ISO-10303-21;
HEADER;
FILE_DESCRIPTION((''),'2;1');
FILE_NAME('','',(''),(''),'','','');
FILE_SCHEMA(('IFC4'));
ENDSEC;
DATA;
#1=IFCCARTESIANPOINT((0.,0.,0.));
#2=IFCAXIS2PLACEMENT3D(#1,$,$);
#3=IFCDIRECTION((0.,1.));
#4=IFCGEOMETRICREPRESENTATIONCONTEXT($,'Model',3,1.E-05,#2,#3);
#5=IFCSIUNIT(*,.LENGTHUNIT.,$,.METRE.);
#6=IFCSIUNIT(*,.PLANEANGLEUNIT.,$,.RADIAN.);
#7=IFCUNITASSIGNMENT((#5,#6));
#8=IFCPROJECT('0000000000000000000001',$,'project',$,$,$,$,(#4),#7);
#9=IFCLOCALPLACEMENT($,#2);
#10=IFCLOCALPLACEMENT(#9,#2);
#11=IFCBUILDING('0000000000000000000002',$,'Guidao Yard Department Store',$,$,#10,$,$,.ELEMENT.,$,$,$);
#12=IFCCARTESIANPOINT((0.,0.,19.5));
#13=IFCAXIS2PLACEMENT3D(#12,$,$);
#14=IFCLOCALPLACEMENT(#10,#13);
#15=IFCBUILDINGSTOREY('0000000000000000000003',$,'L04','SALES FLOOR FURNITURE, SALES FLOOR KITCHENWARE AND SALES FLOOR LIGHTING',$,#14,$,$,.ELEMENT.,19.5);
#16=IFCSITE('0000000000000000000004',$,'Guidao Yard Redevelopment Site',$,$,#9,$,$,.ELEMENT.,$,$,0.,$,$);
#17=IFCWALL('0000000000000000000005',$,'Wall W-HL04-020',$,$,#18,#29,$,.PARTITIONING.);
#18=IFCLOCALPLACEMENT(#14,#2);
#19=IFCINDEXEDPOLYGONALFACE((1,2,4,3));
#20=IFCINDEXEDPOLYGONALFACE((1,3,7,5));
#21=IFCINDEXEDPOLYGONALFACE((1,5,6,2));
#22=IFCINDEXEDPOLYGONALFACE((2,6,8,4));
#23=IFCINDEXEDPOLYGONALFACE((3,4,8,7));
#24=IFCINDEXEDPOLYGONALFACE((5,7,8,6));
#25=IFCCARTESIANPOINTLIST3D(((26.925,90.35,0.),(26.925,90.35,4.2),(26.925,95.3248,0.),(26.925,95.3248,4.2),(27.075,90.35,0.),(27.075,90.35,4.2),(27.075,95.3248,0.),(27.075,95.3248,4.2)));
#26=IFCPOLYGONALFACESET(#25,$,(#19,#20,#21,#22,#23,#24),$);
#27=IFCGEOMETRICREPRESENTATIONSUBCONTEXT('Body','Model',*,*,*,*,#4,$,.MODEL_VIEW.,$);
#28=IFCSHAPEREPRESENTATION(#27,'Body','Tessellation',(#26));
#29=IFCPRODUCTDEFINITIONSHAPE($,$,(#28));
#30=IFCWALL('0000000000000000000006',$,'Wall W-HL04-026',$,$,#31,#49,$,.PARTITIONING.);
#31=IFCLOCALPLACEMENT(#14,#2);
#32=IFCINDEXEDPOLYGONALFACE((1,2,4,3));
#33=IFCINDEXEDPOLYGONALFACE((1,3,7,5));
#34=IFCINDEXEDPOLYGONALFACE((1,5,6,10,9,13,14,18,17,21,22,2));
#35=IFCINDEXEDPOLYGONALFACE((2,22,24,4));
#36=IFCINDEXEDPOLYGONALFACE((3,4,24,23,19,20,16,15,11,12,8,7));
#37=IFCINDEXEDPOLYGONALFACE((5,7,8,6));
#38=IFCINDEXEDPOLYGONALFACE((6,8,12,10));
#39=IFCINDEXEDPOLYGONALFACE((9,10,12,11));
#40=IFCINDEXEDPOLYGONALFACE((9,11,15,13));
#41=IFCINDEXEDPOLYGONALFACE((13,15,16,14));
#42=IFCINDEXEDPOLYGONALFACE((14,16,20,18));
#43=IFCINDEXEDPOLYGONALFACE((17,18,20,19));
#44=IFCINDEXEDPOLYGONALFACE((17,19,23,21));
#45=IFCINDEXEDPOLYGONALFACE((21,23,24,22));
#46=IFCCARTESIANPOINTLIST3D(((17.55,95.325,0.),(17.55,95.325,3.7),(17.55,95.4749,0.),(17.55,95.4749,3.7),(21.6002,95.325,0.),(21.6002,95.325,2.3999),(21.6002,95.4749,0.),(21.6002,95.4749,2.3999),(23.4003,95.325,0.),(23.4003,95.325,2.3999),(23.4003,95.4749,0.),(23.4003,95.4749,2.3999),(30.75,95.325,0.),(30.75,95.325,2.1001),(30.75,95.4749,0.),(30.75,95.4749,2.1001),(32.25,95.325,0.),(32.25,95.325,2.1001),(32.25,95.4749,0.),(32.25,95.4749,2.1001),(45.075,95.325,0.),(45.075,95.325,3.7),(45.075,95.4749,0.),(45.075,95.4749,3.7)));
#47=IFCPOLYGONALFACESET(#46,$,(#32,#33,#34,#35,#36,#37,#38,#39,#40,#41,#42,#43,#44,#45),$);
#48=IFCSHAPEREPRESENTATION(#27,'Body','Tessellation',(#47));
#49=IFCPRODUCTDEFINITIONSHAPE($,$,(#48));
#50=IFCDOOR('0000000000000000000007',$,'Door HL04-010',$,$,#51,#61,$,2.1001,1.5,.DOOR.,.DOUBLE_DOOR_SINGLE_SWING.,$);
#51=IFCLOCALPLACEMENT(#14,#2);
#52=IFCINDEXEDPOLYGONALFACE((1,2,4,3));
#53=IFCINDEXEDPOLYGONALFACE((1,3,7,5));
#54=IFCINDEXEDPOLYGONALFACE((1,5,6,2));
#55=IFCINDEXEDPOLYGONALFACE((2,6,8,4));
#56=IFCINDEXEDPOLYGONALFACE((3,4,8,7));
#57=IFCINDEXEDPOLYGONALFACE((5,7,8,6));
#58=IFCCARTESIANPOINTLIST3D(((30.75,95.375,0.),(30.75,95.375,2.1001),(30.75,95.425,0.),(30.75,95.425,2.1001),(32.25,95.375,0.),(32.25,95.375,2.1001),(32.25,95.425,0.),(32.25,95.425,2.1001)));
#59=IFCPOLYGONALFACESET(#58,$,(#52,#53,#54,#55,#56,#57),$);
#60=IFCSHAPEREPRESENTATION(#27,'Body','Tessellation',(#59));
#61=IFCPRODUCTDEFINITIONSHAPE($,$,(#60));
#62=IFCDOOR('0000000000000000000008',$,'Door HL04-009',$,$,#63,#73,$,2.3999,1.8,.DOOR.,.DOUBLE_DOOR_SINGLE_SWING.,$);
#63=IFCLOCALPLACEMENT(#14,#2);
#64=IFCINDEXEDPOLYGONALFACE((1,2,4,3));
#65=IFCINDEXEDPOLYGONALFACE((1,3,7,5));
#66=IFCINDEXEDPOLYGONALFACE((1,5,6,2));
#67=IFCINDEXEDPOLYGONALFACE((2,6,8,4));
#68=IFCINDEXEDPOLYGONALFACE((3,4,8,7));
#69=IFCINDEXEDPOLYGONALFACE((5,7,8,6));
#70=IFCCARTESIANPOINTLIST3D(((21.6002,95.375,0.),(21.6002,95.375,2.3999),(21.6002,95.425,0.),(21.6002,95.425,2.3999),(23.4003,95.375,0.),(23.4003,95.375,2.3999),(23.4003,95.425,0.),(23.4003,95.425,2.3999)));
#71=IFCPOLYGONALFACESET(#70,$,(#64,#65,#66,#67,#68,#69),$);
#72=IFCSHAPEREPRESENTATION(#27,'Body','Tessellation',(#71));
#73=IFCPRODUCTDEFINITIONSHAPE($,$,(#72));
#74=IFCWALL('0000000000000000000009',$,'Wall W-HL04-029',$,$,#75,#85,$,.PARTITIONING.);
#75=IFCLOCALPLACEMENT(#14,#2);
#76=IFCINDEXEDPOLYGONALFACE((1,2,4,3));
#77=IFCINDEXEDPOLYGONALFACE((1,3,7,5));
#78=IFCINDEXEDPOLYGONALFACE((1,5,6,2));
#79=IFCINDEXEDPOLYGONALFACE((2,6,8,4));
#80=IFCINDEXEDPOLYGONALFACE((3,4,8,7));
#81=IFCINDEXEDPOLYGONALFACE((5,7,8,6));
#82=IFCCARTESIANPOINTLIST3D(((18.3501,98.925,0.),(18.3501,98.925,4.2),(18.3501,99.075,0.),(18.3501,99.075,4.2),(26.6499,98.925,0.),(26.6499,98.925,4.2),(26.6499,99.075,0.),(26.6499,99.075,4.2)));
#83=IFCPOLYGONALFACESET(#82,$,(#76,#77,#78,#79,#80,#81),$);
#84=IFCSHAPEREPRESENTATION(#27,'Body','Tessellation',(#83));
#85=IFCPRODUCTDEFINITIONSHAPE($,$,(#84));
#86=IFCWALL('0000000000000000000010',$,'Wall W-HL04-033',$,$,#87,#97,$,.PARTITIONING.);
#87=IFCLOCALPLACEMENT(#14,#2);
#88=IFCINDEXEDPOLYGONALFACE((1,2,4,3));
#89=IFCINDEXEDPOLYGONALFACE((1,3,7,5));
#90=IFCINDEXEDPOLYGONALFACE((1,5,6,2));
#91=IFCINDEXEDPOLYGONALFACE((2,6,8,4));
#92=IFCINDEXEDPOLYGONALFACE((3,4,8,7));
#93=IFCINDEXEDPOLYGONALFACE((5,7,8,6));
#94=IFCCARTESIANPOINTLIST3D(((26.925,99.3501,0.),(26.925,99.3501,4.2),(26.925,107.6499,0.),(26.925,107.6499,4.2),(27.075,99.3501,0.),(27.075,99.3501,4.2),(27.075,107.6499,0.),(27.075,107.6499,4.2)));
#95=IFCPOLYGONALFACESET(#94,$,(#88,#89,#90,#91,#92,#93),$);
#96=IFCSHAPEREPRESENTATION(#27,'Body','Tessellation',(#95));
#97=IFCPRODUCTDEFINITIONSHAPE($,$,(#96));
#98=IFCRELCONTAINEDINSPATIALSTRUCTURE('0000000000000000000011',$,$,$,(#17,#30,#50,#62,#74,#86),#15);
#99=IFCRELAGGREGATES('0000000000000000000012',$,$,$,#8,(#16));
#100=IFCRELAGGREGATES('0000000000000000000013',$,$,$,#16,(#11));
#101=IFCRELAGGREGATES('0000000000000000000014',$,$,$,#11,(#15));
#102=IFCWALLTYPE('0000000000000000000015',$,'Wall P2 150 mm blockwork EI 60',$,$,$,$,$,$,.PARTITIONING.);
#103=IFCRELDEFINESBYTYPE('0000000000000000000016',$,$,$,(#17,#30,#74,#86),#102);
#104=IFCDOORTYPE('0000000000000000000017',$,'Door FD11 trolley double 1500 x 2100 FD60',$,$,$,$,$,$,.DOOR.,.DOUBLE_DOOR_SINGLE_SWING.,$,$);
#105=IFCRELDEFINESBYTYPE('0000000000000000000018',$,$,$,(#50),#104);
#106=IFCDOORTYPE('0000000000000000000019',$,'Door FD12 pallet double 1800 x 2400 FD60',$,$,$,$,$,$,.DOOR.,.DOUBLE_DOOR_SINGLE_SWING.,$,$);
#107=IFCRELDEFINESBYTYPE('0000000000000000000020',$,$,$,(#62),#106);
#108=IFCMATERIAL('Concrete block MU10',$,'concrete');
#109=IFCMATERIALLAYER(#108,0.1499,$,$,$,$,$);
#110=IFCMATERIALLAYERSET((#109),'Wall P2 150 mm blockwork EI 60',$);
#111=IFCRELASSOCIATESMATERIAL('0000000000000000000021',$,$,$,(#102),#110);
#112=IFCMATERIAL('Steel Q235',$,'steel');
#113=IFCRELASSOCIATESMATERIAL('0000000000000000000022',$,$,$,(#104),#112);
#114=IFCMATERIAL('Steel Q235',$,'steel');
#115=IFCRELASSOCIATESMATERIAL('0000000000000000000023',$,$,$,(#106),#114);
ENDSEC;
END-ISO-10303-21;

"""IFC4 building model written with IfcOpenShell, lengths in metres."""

from ifc_helpers import new_model, si_unit, direction, frame, frame_2d, origin, place, context, subcontext, project, spatial, rectangle, extrude, material, layer, layer_set, type_object, element, fill, save


model = new_model("IFC4")

# Units and contexts
model_context = context("Model", 3, precision=1e-05, world=origin(), true_north=direction((0.0, 1.0)))
body_context = subcontext(model_context, "Body", "Model", "MODEL_VIEW")
ifc_project = project(units=[si_unit("LENGTHUNIT", "METRE"), si_unit("PLANEANGLEUNIT", "RADIAN")], contexts=[model_context])

# Site, building, storey
site_placement = place(None, origin())
site = spatial("IfcSite", under=ifc_project, at=site_placement, Name="Guidao Yard Redevelopment Site", CompositionType="ELEMENT", RefElevation=0.0)
building_placement = place(site_placement, origin())
building = spatial("IfcBuilding", under=site, at=building_placement, Name="Guidao Yard Department Store", CompositionType="ELEMENT")
storey_placement = place(building_placement, frame((0.0, 0.0, 19.5)))
storey = spatial("IfcBuildingStorey", under=building, at=storey_placement, Name="L04", Description="SALES FLOOR FURNITURE, SALES FLOOR KITCHENWARE AND SALES FLOOR LIGHTING", CompositionType="ELEMENT", Elevation=19.5)

# Wall
ifc_material_1 = material(Name="Concrete block MU10", Category="concrete")
ifc_layer_1 = layer(ifc_material_1, 0.1499)
ifc_layer_set_1 = layer_set([ifc_layer_1], Name="Wall P2 150 mm blockwork EI 60")
wall_type_1 = type_object("IfcWallType", Name="Wall P2 150 mm blockwork EI 60", PredefinedType="PARTITIONING", material=ifc_layer_set_1)
wall_1_placement = place(storey_placement, frame((27.0, 90.3501, 0.0), z_axis=(0.0, 0.0, 1.0), x_axis=(0.0, 1.0, 0.0)))
element("IfcWall", 1, at=wall_1_placement, inside=storey, type_object=wall_type_1, Name="Wall W-HL04-020", PredefinedType="PARTITIONING", context=body_context, shape_type="SweptSolid", body=[
    extrude(rectangle(XDim=4.9749, YDim=0.1499, at=frame_2d((2.4873, 0.0))), origin(), (0.0, 0.0, 1.0), 4.2),
])

# Wall, openings, doors
wall_2_placement = place(storey_placement, frame((17.55, 95.3999, 0.0), z_axis=(0.0, 0.0, 1.0), x_axis=(1.0, 0.0, 0.0)))
wall_2 = element("IfcWall", 2, at=wall_2_placement, inside=storey, type_object=wall_type_1, Name="Wall W-HL04-026", PredefinedType="PARTITIONING", context=body_context, shape_type="SweptSolid", body=[
    extrude(rectangle(XDim=27.5249, YDim=0.1499, at=frame_2d((13.7625, 0.0))), origin(), (0.0, 0.0, 1.0), 3.7),
])
opening_1_placement = place(wall_2_placement, frame((5.8501, 0.0, 0.0), z_axis=(0.0, 0.0, 1.0), x_axis=(-1.0, 0.0, 0.0)))
opening_1 = element("IfcOpeningElement", 3, at=opening_1_placement, cuts=wall_2, PredefinedType="OPENING", context=body_context, shape_type="SweptSolid", body=[
    extrude(rectangle(XDim=1.8, YDim=2.3999, at=frame_2d((0.8999, 1.2))), frame((0.0, 0.085, 0.0), z_axis=(0.0, -1.0, 0.0), x_axis=(1.0, 0.0, 0.0)), (0.0, 0.0, 1.0), 0.1699),
])
opening_2_placement = place(wall_2_placement, frame((14.7, 0.0, 0.0), z_axis=(0.0, 0.0, 1.0), x_axis=(-1.0, 0.0, 0.0)))
opening_2 = element("IfcOpeningElement", 4, at=opening_2_placement, cuts=wall_2, PredefinedType="OPENING", context=body_context, shape_type="SweptSolid", body=[
    extrude(rectangle(XDim=1.5, YDim=2.1001, at=frame_2d((0.75, 1.05))), frame((0.0, 0.085, 0.0), z_axis=(0.0, -1.0, 0.0), x_axis=(1.0, 0.0, 0.0)), (0.0, 0.0, 1.0), 0.1699),
])
ifc_material_2 = material(Name="Steel Q235", Category="steel")
door_type_1 = type_object("IfcDoorType", Name="Door FD11 trolley double 1500 x 2100 FD60", OperationType="DOUBLE_DOOR_SINGLE_SWING", PredefinedType="DOOR", material=ifc_material_2)
door_1_placement = place(opening_2_placement, origin())
door_1 = element("IfcDoor", 5, at=door_1_placement, inside=storey, type_object=door_type_1, Name="Door HL04-010", OperationType="DOUBLE_DOOR_SINGLE_SWING", OverallHeight=2.1001, OverallWidth=1.5, PredefinedType="DOOR", context=body_context, shape_type="SweptSolid", body=[
    extrude(rectangle(XDim=1.5, YDim=2.1001, at=frame_2d((0.75, 1.05))), frame((0.0, 0.0249, 0.0), z_axis=(0.0, -1.0, 0.0), x_axis=(1.0, 0.0, 0.0)), (0.0, 0.0, 1.0), 0.05),
])
fill(opening_2, door_1)
ifc_material_3 = material(Name="Steel Q235", Category="steel")
door_type_2 = type_object("IfcDoorType", Name="Door FD12 pallet double 1800 x 2400 FD60", OperationType="DOUBLE_DOOR_SINGLE_SWING", PredefinedType="DOOR", material=ifc_material_3)
door_2_placement = place(opening_1_placement, origin())
door_2 = element("IfcDoor", 6, at=door_2_placement, inside=storey, type_object=door_type_2, Name="Door HL04-009", OperationType="DOUBLE_DOOR_SINGLE_SWING", OverallHeight=2.3999, OverallWidth=1.8, PredefinedType="DOOR", context=body_context, shape_type="SweptSolid", body=[
    extrude(rectangle(XDim=1.8, YDim=2.3999, at=frame_2d((0.8999, 1.2))), frame((0.0, 0.0249, 0.0), z_axis=(0.0, -1.0, 0.0), x_axis=(1.0, 0.0, 0.0)), (0.0, 0.0, 1.0), 0.05),
])
fill(opening_1, door_2)

# Walls
for number, where, z_axis, x_axis, name in (
    (7, (18.3501, 99.0, 0.0), (0.0, 0.0, 1.0), (1.0, 0.0, 0.0), "Wall W-HL04-029"),
    (8, (27.0, 99.3501, 0.0), (0.0, 0.0, 1.0), (0.0, 1.0, 0.0), "Wall W-HL04-033"),
):
    element("IfcWall", number, at=place(storey_placement, frame(where, z_axis=z_axis, x_axis=x_axis)), inside=storey, type_object=wall_type_1, Name=name, PredefinedType="PARTITIONING", context=body_context, shape_type="SweptSolid", body=[
        extrude(rectangle(XDim=8.2998, YDim=0.1499, at=frame_2d((4.1499, 0.0))), origin(), (0.0, 0.0, 1.0), 4.2),
    ])

save(model, "model.ifc")
